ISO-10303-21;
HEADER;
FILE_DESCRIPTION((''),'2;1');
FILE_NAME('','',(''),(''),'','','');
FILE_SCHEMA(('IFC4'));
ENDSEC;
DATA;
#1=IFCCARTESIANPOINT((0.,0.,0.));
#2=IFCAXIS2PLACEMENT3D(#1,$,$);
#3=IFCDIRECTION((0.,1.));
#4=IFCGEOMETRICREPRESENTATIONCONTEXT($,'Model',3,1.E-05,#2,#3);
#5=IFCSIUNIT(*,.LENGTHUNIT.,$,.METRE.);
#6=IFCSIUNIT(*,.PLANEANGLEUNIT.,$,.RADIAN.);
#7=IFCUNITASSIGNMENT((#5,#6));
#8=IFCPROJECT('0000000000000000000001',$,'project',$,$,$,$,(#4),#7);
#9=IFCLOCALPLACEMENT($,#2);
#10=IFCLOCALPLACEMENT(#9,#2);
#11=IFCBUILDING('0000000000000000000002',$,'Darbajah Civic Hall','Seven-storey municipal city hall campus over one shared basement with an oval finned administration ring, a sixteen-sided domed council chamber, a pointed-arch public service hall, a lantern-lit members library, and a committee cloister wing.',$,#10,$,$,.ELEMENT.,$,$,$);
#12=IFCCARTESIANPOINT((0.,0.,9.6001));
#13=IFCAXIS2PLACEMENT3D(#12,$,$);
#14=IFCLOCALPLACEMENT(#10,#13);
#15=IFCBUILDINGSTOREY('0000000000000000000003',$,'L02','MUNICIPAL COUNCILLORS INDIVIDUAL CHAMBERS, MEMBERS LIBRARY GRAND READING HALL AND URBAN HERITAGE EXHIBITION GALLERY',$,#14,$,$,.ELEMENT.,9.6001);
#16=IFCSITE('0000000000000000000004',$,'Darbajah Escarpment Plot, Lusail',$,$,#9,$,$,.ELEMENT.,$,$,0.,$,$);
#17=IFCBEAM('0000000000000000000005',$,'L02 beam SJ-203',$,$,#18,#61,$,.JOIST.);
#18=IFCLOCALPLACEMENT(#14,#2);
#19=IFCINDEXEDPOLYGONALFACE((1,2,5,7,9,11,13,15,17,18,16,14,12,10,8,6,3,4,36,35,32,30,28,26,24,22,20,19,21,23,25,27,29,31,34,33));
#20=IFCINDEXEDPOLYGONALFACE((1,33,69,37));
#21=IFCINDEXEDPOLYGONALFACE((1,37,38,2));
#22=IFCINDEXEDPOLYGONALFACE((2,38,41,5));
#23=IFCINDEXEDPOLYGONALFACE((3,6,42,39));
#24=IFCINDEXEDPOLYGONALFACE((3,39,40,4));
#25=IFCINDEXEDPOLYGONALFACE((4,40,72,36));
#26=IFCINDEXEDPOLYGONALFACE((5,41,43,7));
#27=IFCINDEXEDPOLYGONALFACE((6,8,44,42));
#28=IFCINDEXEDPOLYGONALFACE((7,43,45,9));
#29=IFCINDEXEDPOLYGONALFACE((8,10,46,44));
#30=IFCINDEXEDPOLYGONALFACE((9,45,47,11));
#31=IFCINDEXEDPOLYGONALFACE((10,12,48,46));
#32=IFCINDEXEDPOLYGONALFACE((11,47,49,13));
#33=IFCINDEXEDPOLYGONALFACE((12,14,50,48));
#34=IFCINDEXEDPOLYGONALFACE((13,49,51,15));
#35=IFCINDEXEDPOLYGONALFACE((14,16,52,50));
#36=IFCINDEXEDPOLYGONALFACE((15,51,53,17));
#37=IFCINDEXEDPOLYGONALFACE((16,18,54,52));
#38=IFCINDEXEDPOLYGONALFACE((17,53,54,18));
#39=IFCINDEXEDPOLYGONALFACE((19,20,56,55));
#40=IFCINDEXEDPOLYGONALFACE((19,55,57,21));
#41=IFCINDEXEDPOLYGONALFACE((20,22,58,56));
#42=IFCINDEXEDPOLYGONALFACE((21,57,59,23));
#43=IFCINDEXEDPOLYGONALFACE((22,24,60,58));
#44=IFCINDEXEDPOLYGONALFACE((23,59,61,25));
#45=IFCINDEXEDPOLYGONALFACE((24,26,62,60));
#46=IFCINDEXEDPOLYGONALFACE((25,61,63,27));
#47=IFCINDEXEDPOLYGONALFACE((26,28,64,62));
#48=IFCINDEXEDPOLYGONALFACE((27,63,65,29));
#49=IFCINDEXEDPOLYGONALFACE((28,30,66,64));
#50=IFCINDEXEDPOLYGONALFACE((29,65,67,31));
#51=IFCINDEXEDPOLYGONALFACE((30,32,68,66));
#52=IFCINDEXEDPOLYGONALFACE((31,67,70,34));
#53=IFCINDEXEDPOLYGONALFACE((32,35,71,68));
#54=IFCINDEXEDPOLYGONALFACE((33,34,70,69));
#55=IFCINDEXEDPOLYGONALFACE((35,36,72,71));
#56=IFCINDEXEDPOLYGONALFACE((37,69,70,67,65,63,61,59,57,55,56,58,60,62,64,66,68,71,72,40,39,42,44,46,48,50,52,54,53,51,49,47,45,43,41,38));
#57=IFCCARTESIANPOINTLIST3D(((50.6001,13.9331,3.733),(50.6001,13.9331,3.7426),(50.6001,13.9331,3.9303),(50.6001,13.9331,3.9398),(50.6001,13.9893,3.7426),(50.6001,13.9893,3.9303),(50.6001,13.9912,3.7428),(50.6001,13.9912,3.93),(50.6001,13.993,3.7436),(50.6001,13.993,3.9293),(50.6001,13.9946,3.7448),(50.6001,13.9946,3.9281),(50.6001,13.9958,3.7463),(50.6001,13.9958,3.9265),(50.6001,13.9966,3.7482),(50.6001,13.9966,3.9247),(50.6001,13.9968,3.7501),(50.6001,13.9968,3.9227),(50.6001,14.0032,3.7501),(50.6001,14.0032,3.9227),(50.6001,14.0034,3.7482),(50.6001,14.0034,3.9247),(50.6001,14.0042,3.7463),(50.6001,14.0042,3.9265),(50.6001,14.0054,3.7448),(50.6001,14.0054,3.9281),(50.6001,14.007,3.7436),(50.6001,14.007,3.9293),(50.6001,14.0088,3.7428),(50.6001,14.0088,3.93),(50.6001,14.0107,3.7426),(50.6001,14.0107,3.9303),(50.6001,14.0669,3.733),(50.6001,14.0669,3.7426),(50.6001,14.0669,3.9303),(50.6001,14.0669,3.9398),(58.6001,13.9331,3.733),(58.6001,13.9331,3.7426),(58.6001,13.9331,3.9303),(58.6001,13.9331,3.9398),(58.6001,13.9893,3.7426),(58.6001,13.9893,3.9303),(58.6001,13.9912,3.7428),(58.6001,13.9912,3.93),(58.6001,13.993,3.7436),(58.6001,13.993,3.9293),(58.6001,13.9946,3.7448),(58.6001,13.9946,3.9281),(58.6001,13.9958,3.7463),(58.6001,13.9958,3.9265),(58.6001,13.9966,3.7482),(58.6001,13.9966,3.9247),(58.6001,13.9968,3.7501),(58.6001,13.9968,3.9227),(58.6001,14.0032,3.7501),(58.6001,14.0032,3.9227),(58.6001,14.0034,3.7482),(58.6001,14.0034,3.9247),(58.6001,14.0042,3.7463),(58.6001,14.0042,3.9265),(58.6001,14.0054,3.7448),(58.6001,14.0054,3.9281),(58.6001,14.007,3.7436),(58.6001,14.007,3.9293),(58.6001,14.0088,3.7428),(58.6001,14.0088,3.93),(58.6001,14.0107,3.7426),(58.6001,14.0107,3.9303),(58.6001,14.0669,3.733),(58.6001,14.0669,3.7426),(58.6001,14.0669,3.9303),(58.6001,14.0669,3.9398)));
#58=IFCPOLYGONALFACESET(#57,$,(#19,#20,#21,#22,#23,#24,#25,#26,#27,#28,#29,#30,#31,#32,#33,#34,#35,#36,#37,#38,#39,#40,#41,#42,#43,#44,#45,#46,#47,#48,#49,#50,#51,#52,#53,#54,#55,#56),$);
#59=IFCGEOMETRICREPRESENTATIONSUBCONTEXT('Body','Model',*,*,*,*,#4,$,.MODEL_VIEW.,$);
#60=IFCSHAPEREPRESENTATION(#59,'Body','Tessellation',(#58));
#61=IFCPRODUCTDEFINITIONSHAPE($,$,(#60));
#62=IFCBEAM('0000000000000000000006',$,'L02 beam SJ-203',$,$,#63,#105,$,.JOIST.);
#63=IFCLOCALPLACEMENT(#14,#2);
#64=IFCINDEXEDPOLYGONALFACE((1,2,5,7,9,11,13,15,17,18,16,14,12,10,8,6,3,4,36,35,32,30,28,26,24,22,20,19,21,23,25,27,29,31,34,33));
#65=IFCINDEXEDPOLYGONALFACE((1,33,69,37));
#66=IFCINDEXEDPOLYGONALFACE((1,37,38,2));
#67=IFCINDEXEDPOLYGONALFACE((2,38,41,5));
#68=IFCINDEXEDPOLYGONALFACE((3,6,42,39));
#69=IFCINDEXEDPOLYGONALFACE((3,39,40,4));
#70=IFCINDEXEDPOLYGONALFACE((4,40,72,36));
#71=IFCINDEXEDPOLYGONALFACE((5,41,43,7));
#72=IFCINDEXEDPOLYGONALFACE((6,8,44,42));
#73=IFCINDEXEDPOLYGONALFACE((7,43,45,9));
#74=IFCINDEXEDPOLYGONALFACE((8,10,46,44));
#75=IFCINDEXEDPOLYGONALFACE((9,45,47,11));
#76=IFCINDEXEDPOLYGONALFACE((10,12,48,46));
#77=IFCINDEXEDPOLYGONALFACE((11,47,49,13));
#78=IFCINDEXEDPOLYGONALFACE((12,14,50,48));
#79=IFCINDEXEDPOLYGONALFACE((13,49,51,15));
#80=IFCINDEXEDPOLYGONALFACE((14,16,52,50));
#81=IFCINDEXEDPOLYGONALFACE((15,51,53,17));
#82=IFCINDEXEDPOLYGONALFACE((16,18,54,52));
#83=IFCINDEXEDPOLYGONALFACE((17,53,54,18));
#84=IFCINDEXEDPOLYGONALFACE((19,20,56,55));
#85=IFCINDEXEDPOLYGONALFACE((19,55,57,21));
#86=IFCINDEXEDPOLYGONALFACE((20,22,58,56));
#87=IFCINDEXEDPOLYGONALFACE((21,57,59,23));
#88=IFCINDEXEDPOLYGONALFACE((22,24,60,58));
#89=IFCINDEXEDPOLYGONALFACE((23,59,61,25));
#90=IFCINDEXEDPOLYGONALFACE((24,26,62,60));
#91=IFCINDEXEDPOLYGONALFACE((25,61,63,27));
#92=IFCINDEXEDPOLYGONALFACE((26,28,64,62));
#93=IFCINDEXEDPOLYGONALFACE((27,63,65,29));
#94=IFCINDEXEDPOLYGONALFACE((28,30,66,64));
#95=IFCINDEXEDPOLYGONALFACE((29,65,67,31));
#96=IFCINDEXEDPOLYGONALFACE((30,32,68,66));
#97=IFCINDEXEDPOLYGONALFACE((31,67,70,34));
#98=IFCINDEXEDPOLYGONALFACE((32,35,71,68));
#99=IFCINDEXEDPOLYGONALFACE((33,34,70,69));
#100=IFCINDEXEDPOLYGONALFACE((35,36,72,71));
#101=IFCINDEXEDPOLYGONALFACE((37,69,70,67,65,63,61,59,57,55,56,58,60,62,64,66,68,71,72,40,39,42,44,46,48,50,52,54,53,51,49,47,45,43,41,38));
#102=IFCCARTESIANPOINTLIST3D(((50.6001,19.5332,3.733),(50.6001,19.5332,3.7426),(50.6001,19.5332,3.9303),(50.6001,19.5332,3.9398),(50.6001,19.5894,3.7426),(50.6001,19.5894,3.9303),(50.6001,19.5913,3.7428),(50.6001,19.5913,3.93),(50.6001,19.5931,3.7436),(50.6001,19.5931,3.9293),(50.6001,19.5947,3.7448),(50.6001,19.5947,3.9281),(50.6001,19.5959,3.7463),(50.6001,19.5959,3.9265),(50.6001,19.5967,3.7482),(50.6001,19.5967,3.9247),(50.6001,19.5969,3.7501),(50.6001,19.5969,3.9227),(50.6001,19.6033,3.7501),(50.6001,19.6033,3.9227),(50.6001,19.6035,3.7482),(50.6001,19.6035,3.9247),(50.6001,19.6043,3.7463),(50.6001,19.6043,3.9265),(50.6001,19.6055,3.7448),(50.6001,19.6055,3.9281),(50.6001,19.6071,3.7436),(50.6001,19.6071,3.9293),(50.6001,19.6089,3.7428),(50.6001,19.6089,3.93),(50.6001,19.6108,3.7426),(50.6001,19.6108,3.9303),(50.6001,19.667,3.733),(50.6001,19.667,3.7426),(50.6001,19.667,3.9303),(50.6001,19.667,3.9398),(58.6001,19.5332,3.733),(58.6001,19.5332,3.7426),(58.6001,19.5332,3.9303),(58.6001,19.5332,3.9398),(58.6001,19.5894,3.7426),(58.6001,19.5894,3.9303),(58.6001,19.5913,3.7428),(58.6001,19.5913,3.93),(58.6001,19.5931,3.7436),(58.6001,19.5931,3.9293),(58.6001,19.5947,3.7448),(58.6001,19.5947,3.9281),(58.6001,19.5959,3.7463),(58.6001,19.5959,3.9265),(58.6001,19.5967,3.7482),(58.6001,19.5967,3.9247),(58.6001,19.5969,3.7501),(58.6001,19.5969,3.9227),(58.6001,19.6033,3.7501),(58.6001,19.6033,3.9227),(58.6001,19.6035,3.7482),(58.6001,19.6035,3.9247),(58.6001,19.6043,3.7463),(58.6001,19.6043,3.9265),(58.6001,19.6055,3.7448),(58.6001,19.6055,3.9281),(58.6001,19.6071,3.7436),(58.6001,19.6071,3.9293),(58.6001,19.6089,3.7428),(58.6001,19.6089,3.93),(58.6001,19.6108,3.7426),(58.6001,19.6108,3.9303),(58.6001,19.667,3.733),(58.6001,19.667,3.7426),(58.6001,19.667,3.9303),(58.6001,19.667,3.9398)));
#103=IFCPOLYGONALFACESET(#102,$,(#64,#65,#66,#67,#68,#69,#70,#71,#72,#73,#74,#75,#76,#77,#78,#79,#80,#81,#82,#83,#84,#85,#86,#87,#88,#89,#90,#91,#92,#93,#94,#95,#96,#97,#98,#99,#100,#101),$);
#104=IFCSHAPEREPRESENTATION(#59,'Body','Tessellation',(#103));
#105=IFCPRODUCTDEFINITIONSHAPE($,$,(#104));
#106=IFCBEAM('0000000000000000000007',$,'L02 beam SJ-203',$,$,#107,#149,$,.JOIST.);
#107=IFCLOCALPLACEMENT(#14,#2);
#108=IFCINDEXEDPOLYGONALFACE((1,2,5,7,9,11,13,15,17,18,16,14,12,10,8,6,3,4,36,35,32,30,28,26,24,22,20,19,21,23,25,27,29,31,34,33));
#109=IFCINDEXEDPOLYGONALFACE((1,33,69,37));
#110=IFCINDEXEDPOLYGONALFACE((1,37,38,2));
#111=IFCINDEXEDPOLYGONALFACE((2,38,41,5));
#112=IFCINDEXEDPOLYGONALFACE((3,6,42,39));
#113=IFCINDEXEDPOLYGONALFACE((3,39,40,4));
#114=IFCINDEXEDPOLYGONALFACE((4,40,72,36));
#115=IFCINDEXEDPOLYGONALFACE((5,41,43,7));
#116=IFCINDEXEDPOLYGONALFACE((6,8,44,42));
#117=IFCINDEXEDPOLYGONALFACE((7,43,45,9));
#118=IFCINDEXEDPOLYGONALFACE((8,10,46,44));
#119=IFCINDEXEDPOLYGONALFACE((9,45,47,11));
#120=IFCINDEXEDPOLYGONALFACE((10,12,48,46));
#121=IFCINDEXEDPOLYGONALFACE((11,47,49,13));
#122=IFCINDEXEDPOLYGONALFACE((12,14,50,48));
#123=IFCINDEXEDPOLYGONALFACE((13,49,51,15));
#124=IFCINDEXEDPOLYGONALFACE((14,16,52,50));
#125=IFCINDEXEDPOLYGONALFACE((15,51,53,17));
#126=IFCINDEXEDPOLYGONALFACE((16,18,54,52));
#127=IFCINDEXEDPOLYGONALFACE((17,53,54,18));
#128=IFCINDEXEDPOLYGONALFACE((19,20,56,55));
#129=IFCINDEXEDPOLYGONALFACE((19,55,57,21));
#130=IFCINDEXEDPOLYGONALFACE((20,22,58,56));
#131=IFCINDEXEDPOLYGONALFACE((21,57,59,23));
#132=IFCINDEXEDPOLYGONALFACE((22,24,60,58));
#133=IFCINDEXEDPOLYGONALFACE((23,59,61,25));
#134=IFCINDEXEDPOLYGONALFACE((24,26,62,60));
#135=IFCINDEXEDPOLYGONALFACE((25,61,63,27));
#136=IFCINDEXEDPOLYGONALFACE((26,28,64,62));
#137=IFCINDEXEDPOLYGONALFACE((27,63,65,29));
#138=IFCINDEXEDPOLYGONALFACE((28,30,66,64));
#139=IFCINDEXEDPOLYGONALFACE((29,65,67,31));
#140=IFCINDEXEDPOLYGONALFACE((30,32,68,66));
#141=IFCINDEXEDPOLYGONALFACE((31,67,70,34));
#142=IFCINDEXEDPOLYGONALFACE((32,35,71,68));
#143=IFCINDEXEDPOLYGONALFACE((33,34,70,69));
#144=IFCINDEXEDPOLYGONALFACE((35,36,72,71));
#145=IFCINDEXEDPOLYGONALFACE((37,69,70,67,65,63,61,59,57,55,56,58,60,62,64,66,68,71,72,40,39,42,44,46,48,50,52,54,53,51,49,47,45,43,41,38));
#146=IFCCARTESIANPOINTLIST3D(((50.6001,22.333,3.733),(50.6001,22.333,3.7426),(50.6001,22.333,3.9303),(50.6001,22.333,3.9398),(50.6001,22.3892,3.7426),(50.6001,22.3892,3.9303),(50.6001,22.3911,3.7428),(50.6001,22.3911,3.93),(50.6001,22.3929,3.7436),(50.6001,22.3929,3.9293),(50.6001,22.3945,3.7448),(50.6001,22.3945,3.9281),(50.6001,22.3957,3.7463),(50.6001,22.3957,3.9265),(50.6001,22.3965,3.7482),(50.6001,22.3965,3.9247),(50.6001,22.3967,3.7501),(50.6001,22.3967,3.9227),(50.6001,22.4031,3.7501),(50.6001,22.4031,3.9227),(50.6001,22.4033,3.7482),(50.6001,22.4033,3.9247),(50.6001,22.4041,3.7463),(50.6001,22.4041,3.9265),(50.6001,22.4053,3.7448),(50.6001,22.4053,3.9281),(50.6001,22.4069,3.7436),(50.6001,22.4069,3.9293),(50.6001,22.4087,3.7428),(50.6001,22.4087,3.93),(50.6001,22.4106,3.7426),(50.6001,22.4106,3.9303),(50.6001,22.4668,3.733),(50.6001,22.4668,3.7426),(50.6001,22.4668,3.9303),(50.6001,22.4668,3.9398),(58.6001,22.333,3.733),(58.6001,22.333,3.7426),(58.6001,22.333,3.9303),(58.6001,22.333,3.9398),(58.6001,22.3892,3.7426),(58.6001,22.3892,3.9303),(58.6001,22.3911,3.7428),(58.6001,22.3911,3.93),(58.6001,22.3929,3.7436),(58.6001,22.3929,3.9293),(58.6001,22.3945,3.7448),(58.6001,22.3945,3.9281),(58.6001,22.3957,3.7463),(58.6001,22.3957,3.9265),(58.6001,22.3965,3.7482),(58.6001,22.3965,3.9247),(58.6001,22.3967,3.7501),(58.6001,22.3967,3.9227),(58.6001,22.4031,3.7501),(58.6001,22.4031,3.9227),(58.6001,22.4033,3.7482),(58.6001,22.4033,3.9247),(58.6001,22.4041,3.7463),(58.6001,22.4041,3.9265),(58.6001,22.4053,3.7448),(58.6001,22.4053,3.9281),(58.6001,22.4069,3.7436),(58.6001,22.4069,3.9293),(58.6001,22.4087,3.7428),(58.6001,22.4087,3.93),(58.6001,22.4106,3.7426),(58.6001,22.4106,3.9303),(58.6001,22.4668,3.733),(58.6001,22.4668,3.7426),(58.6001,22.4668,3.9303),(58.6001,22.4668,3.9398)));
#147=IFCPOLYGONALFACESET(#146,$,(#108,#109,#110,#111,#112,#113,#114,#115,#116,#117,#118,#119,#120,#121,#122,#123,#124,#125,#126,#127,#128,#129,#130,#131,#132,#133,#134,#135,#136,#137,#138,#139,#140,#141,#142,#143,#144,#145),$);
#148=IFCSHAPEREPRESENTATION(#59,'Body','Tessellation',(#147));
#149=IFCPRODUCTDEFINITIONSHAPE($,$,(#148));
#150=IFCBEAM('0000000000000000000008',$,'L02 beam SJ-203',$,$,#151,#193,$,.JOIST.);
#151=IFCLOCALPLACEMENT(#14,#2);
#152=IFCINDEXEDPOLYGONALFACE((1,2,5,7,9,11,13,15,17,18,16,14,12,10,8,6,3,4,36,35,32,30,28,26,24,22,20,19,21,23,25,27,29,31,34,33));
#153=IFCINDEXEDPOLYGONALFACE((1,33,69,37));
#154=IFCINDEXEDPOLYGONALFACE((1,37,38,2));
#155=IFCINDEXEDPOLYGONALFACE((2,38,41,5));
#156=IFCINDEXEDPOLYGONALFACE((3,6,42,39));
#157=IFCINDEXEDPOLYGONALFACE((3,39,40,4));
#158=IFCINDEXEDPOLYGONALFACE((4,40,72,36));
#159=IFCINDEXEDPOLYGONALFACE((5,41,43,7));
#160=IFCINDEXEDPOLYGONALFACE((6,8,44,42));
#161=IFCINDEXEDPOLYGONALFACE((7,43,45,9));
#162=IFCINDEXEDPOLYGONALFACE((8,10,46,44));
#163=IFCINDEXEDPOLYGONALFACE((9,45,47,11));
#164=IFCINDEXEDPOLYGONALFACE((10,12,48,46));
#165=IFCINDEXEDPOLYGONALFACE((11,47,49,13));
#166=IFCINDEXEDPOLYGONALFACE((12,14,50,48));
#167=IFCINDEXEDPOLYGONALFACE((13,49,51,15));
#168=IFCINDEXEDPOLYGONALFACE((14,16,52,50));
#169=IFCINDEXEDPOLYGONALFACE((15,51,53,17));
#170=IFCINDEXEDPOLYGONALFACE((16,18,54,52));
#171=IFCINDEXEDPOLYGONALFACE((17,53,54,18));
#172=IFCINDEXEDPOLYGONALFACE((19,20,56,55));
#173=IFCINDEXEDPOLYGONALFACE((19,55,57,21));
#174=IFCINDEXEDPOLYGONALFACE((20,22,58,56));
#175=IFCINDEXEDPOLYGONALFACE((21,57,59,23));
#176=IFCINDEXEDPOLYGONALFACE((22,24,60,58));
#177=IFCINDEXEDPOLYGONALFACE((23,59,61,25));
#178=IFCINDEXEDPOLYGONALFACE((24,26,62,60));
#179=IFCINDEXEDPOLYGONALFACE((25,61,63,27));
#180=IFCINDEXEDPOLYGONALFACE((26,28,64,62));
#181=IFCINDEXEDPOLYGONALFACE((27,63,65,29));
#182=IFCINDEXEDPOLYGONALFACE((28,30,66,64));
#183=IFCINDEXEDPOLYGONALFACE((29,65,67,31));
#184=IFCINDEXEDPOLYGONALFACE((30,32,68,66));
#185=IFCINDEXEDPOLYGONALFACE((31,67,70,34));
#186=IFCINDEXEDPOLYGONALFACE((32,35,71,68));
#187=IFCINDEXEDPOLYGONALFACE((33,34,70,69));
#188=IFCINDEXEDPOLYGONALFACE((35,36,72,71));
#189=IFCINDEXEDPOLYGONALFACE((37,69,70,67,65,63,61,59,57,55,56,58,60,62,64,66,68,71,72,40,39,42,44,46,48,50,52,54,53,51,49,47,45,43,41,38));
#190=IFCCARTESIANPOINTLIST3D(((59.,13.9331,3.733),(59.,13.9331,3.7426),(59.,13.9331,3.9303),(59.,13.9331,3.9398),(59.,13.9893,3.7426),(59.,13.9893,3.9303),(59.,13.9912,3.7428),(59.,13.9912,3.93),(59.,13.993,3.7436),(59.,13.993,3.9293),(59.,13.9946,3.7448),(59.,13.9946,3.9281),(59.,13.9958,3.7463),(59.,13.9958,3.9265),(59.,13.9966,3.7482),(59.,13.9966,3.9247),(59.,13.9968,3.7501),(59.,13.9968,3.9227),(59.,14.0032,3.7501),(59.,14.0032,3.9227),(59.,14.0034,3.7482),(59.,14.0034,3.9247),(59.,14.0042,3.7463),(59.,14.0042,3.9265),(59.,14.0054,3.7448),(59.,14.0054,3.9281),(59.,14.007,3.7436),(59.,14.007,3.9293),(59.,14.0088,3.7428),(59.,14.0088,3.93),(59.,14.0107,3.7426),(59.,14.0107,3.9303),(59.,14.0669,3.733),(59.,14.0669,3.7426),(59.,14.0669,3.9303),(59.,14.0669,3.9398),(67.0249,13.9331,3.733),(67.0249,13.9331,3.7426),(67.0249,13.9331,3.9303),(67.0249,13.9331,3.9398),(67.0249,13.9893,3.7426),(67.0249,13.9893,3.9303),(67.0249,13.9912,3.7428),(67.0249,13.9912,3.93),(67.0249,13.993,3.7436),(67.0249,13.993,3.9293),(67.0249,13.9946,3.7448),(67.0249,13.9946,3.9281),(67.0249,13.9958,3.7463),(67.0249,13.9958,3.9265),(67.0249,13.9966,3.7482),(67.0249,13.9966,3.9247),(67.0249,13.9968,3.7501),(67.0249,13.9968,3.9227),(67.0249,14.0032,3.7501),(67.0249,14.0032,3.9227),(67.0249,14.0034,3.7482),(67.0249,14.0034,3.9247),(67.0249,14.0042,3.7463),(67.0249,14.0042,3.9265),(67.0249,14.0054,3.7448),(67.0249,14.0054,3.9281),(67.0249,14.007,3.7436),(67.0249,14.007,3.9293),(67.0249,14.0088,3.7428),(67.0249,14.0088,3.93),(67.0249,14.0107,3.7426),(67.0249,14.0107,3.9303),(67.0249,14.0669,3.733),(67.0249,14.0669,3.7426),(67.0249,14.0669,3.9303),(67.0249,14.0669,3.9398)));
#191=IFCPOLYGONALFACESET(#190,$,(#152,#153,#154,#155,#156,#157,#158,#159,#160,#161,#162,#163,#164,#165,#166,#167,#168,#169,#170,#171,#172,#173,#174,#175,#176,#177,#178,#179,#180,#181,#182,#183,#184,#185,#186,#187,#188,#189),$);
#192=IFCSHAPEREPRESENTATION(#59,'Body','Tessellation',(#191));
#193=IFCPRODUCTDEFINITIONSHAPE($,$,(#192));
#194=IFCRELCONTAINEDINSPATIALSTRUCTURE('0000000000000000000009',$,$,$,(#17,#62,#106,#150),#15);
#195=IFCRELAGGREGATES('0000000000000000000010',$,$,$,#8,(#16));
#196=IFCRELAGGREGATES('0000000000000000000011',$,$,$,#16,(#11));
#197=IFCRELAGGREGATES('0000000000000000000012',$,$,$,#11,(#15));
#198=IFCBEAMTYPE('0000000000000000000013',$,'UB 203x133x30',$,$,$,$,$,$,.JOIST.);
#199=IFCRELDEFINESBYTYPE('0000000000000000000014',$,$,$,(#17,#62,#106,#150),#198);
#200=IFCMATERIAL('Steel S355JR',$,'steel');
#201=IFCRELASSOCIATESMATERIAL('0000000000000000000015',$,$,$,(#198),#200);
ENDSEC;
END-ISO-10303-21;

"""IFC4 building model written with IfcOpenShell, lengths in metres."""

from ifc_helpers import new_model, si_unit, direction, frame, origin, origin_2d, place, context, subcontext, project, spatial, i_section, extrude, material, material_profile, profile_set, type_object, element, save


model = new_model("IFC4")

# Units and contexts
model_context = context("Model", 3, precision=1e-05, world=origin(), true_north=direction((0.0, 1.0)))
body_context = subcontext(model_context, "Body", "Model", "MODEL_VIEW")
ifc_project = project(units=[si_unit("LENGTHUNIT", "METRE"), si_unit("PLANEANGLEUNIT", "RADIAN")], contexts=[model_context])

# Site, building, storey
site_placement = place(None, origin())
site = spatial("IfcSite", under=ifc_project, at=site_placement, Name="Darbajah Escarpment Plot, Lusail", CompositionType="ELEMENT", RefElevation=0.0)
building_placement = place(site_placement, origin())
building = spatial("IfcBuilding", under=site, at=building_placement, Name="Darbajah Civic Hall", Description="Seven-storey municipal city hall campus over one shared basement with an oval finned administration ring, a sixteen-sided domed council chamber, a pointed-arch public service hall, a lantern-lit members library, and a committee cloister wing.", CompositionType="ELEMENT")
storey_placement = place(building_placement, frame((0.0, 0.0, 9.6001)))
storey = spatial("IfcBuildingStorey", under=building, at=storey_placement, Name="L02", Description="MUNICIPAL COUNCILLORS INDIVIDUAL CHAMBERS, MEMBERS LIBRARY GRAND READING HALL AND URBAN HERITAGE EXHIBITION GALLERY", CompositionType="ELEMENT", Elevation=9.6001)

# Beams
ifc_material_1 = material(Name="Steel S355JR", Category="steel")
ifc_material_profile_1 = material_profile(ifc_material_1, i_section(OverallWidth=0.1338, OverallDepth=0.2068, WebThickness=0.0063, FlangeThickness=0.0095, FilletRadius=0.0076, at=origin_2d()), Name="UB 203x133x30")
ifc_profile_set_1 = profile_set([ifc_material_profile_1], Name="Steel S355JR")
beam_type_1 = type_object("IfcBeamType", Name="UB 203x133x30", PredefinedType="JOIST", material=ifc_profile_set_1)
for number, where, z_axis, x_axis, name in (
    (1, (50.6001, 14.0, 3.8364), (1.0, 0.0, 0.0), (0.0, 1.0, 0.0), "L02 beam SJ-203"),
    (2, (50.6001, 19.6001, 3.8364), (1.0, 0.0, 0.0), (0.0, 1.0, 0.0), "L02 beam SJ-203"),
    (3, (50.6001, 22.3999, 3.8364), (1.0, 0.0, 0.0), (0.0, 1.0, 0.0), "L02 beam SJ-203"),
):
    element("IfcBeam", number, at=place(storey_placement, frame(where, z_axis=z_axis, x_axis=x_axis)), inside=storey, type_object=beam_type_1, Name=name, PredefinedType="JOIST", context=body_context, shape_type="SweptSolid", body=[
        extrude(i_section(OverallWidth=0.1338, OverallDepth=0.2068, WebThickness=0.0063, FlangeThickness=0.0095, FilletRadius=0.0076, at=origin_2d()), origin(), (0.0, 0.0, 1.0), 8.0),
    ])
for number, where, z_axis, x_axis, name in (
    (4, (59.0, 14.0, 3.8364), (1.0, 0.0, 0.0), (0.0, 1.0, 0.0), "L02 beam SJ-203"),
):
    element("IfcBeam", number, at=place(storey_placement, frame(where, z_axis=z_axis, x_axis=x_axis)), inside=storey, type_object=beam_type_1, Name=name, PredefinedType="JOIST", context=body_context, shape_type="SweptSolid", body=[
        extrude(i_section(OverallWidth=0.1338, OverallDepth=0.2068, WebThickness=0.0063, FlangeThickness=0.0095, FilletRadius=0.0076, at=origin_2d()), origin(), (0.0, 0.0, 1.0), 8.0249),
    ])

save(model, "model.ifc")
